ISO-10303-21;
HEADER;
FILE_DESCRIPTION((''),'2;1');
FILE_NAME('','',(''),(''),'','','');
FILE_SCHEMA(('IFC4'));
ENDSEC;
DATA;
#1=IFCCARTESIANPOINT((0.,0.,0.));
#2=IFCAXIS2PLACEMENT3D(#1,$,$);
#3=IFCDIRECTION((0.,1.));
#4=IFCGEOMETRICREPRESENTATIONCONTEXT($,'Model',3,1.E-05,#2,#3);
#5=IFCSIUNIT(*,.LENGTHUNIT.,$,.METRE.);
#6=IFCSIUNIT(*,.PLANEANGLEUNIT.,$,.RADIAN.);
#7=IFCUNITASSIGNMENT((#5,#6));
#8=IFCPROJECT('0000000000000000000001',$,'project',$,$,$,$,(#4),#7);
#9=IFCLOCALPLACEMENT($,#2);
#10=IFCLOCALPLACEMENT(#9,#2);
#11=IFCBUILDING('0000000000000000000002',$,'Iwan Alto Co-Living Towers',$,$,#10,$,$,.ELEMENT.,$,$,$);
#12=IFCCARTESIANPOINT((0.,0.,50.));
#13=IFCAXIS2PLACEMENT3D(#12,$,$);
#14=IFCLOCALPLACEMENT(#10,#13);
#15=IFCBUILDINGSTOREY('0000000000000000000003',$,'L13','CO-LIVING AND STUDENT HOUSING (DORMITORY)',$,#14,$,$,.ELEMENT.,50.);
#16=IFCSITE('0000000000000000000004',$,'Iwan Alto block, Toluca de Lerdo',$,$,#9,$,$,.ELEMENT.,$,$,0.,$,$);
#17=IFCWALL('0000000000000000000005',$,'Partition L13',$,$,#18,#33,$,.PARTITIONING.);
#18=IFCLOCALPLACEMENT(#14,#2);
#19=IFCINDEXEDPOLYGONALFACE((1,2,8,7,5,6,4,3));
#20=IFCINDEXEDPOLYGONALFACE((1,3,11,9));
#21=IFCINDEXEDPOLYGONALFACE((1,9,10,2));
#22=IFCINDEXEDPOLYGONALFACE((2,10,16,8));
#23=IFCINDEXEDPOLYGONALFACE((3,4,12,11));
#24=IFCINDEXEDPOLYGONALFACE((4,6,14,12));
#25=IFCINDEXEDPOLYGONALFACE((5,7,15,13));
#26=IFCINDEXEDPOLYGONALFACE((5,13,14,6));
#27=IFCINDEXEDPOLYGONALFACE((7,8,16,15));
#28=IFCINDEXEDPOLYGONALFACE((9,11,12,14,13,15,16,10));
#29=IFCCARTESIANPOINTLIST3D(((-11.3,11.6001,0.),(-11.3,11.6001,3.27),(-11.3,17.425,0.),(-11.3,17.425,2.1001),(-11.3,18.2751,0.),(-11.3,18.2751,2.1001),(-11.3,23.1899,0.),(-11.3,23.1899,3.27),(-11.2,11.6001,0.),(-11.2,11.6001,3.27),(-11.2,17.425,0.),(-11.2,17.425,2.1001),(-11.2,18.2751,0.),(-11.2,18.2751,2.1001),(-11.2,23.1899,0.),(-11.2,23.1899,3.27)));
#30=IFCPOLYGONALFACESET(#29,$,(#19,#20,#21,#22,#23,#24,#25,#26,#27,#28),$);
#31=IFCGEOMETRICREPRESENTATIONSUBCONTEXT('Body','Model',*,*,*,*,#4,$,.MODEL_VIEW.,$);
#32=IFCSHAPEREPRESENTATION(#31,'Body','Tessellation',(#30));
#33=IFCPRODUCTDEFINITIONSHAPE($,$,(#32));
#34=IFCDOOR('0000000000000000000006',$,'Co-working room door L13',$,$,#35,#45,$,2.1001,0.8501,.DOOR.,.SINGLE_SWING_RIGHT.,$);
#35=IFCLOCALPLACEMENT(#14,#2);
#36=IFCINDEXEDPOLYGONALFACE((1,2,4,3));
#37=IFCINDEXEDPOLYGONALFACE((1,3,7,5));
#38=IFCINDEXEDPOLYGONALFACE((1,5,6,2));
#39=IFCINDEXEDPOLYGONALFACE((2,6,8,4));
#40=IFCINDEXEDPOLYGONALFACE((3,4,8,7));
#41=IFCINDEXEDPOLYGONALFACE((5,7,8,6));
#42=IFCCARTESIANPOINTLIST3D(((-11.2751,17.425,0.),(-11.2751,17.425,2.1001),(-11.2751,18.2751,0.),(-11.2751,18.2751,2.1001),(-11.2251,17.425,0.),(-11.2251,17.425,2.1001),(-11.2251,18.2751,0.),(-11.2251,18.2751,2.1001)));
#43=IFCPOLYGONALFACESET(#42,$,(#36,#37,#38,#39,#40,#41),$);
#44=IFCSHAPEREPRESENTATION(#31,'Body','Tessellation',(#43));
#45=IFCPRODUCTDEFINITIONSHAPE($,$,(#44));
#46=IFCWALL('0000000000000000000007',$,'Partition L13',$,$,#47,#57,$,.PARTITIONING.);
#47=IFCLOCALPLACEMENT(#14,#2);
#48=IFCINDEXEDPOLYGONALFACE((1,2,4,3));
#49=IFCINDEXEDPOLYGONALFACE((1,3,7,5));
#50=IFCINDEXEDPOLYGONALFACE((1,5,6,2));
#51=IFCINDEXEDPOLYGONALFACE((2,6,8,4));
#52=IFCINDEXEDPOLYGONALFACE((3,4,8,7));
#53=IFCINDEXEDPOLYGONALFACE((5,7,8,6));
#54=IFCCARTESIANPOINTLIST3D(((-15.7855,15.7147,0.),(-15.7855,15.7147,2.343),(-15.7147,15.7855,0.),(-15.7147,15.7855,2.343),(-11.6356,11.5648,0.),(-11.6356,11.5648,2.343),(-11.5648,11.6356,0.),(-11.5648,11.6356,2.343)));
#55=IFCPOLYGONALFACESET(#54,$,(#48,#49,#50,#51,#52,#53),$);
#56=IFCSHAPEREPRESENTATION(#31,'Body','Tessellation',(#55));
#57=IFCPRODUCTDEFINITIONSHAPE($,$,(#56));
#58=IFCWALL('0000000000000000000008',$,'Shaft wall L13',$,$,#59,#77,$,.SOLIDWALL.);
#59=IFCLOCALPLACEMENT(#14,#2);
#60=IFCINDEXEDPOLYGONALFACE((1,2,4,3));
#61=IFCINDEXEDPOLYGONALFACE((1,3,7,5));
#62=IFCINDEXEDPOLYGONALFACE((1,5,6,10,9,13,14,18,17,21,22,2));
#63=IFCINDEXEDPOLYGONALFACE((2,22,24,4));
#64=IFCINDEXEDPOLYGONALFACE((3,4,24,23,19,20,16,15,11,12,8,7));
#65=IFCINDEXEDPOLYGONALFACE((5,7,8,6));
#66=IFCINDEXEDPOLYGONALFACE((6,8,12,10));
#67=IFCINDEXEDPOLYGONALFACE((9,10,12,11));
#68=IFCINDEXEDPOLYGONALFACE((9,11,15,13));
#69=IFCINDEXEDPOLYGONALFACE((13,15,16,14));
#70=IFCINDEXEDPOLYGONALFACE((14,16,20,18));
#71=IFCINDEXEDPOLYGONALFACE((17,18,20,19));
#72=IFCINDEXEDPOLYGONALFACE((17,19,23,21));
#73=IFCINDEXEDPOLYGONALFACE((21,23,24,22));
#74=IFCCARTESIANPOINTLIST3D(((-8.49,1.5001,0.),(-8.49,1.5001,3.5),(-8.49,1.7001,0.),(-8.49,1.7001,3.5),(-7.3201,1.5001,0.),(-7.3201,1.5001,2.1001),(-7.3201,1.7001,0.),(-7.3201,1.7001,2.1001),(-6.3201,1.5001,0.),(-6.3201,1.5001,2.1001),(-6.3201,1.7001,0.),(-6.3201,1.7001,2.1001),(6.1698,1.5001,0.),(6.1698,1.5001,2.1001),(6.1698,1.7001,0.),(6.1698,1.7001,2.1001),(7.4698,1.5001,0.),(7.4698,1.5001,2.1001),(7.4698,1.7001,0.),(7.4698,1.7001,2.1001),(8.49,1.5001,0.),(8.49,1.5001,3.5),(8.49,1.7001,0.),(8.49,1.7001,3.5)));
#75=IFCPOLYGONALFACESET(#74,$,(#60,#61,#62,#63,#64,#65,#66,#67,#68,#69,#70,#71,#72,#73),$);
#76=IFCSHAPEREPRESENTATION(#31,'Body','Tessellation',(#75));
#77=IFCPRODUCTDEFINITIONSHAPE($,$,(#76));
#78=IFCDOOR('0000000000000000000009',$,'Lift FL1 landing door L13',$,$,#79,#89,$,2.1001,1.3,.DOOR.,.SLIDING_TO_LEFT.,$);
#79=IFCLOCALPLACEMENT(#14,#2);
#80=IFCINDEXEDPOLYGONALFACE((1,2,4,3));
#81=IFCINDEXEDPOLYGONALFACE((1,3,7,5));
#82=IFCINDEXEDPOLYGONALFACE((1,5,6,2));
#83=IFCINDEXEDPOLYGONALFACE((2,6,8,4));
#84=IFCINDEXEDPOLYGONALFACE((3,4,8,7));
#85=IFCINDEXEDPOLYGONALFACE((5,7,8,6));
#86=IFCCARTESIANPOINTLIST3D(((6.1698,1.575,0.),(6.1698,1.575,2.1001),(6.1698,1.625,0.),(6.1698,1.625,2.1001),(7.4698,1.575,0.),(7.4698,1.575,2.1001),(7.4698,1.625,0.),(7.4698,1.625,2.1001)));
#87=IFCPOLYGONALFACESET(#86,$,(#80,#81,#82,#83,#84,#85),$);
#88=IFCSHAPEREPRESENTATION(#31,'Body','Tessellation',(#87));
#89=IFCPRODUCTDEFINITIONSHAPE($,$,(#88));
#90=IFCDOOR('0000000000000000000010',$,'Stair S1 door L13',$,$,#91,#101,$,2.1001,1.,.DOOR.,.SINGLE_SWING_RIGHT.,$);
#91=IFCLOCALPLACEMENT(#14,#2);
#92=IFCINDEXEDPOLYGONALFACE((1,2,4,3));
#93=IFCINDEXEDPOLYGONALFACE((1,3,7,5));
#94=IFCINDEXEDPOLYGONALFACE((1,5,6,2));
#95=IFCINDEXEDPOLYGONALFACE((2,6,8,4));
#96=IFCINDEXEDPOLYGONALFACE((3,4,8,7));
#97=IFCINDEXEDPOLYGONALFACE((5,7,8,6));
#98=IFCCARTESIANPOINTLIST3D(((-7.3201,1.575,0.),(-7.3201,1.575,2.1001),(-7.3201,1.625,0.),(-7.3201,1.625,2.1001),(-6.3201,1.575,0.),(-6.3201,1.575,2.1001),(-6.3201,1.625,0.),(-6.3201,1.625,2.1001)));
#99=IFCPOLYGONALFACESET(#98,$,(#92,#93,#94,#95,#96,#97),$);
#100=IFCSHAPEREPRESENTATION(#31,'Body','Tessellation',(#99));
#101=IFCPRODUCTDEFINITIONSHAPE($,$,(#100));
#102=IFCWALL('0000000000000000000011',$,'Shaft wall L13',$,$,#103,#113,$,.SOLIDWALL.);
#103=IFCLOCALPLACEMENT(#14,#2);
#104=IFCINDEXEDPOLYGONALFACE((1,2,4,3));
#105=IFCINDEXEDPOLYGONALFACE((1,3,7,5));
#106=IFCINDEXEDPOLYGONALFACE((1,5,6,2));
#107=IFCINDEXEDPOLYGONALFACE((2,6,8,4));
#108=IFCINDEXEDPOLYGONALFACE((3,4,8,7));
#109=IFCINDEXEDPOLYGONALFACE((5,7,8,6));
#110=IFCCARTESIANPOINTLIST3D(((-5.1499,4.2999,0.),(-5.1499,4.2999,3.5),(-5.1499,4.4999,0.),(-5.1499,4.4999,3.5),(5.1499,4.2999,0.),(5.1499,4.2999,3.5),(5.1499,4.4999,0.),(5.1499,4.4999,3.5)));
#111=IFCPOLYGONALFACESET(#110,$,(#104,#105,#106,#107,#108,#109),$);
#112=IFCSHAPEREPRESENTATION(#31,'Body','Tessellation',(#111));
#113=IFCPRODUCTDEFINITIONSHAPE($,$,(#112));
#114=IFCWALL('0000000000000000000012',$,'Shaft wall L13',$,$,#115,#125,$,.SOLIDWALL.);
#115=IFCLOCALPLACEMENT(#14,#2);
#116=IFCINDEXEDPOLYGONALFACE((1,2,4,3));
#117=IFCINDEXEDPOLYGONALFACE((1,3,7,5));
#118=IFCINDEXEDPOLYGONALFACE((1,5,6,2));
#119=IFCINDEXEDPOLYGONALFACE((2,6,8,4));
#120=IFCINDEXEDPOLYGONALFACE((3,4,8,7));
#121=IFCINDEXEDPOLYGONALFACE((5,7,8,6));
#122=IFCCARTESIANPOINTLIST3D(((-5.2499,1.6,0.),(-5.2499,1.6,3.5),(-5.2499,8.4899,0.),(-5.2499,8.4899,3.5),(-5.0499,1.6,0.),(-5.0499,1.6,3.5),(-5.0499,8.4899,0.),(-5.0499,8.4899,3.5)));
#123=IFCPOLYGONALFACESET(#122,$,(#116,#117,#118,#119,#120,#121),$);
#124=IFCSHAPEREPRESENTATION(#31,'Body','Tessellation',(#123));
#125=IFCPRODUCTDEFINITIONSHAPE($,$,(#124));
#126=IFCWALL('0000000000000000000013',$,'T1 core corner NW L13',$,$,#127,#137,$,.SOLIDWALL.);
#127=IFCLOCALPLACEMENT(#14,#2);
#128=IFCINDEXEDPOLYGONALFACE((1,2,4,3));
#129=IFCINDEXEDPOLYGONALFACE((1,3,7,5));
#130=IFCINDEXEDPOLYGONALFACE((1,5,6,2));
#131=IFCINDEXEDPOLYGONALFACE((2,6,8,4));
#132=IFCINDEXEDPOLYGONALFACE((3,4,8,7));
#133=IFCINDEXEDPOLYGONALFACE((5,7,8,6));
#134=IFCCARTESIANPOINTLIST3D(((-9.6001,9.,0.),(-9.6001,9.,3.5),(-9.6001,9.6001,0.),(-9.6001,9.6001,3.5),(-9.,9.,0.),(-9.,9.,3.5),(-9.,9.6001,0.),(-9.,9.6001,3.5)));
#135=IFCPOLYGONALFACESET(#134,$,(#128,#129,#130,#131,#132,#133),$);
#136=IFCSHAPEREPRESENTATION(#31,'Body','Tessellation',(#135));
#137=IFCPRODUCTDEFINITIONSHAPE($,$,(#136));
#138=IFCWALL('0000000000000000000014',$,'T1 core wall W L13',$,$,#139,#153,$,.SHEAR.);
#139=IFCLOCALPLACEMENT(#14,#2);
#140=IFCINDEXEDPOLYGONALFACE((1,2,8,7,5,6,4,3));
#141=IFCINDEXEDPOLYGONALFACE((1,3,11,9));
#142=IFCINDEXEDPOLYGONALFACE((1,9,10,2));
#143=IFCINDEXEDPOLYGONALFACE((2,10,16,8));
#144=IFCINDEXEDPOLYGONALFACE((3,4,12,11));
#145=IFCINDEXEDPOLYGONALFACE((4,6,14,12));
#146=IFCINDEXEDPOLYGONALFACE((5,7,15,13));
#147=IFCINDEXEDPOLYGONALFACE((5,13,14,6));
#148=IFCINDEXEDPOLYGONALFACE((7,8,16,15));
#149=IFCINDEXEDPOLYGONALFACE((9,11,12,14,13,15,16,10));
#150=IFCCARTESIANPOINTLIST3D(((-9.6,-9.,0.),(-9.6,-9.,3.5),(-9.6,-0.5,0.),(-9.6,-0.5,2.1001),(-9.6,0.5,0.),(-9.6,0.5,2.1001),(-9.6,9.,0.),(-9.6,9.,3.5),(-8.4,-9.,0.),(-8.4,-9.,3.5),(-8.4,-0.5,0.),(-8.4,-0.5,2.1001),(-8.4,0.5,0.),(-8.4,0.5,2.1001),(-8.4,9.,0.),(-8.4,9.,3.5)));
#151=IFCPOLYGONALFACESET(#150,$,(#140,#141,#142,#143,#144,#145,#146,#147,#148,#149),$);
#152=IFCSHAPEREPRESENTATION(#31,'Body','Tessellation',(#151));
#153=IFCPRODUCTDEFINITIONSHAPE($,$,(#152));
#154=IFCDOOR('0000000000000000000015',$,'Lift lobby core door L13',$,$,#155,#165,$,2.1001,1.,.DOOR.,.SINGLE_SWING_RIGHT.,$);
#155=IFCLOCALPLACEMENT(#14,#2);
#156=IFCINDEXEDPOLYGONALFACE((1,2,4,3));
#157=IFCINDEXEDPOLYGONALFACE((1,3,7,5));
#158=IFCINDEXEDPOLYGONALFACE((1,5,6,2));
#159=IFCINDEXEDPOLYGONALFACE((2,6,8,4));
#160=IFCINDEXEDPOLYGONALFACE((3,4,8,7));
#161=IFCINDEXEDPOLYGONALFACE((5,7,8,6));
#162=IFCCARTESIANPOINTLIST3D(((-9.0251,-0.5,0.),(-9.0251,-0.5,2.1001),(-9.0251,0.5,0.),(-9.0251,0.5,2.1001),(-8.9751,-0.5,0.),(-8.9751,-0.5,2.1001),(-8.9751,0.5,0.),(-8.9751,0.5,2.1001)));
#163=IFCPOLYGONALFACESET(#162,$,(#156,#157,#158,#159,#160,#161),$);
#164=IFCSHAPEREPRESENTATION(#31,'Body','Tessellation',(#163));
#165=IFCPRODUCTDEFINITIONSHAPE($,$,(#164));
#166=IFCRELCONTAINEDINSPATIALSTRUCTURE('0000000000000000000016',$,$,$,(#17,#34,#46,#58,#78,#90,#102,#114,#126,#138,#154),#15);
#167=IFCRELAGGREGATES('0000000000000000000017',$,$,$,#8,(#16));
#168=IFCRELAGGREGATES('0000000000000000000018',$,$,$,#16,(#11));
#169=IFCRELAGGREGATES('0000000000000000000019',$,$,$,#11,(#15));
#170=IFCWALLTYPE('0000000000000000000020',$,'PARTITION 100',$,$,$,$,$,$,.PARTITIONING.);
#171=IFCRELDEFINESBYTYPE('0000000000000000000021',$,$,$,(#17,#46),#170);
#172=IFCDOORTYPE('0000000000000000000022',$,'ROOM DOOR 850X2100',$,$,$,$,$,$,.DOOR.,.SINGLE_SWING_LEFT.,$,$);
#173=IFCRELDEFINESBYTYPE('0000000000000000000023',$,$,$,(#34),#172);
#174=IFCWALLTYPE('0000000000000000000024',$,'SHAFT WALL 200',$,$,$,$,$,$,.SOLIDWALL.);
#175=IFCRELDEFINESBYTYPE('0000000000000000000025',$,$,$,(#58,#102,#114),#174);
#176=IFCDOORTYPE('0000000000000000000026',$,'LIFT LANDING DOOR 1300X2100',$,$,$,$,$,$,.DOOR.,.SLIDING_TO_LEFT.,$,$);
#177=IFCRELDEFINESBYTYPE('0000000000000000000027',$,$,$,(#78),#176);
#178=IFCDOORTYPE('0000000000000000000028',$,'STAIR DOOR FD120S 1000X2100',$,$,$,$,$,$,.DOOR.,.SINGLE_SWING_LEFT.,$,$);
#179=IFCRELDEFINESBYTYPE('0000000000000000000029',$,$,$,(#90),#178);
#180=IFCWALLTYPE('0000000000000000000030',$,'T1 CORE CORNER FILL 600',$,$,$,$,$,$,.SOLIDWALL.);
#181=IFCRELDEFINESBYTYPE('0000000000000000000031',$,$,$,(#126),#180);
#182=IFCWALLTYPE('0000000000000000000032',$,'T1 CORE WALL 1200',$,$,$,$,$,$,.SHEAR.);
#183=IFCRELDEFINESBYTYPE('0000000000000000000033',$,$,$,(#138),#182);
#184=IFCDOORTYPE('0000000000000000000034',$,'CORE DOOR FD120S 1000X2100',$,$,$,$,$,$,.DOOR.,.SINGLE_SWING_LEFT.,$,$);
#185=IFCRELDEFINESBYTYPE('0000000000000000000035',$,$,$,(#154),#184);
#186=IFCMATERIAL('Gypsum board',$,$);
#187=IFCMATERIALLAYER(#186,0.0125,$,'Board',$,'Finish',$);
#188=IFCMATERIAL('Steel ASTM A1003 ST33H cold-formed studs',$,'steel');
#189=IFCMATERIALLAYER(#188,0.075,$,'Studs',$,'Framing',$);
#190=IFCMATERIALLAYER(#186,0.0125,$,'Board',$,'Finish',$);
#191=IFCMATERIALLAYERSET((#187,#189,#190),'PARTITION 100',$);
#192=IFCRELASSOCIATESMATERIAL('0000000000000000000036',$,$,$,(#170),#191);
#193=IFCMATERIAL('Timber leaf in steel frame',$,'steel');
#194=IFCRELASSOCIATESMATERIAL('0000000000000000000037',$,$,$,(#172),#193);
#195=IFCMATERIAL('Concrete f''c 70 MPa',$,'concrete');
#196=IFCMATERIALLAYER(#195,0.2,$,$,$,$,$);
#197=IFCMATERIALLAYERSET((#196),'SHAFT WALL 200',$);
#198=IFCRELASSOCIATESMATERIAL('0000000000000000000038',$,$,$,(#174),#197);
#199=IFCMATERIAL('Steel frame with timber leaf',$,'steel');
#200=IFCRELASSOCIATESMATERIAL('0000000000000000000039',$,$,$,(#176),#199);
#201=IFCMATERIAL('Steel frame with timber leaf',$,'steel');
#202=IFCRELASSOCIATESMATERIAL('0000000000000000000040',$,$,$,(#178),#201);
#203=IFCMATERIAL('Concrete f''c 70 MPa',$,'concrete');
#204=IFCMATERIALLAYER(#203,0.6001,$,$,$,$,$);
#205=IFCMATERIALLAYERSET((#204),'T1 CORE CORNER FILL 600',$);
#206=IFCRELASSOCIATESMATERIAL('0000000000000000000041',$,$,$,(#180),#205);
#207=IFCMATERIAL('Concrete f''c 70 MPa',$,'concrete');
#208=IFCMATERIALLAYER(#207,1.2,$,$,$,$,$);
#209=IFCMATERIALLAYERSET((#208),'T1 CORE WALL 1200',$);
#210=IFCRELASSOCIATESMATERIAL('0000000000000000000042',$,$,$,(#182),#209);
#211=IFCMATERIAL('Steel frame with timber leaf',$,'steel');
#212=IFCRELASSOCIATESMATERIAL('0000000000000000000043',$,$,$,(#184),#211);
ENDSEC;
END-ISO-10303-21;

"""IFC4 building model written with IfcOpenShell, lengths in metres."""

from ifc_helpers import new_model, si_unit, direction, frame, frame_2d, origin, place, context, subcontext, project, spatial, rectangle, extrude, material, layer, layer_set, type_object, element, fill, save


model = new_model("IFC4")

# Units and contexts
model_context = context("Model", 3, precision=1e-05, world=origin(), true_north=direction((0.0, 1.0)))
body_context = subcontext(model_context, "Body", "Model", "MODEL_VIEW")
ifc_project = project(units=[si_unit("LENGTHUNIT", "METRE"), si_unit("PLANEANGLEUNIT", "RADIAN")], contexts=[model_context])

# Site, building, storey
site_placement = place(None, origin())
site = spatial("IfcSite", under=ifc_project, at=site_placement, Name="Iwan Alto block, Toluca de Lerdo", CompositionType="ELEMENT", RefElevation=0.0)
building_placement = place(site_placement, origin())
building = spatial("IfcBuilding", under=site, at=building_placement, Name="Iwan Alto Co-Living Towers", CompositionType="ELEMENT")
storey_placement = place(building_placement, frame((0.0, 0.0, 50.0)))
storey = spatial("IfcBuildingStorey", under=building, at=storey_placement, Name="L13", Description="CO-LIVING AND STUDENT HOUSING (DORMITORY)", CompositionType="ELEMENT", Elevation=50.0)

# Shared definitions
ifc_material_1 = material(Name="Gypsum board")
ifc_material_2 = material(Name="Steel ASTM A1003 ST33H cold-formed studs", Category="steel")

# Shared definitions
ifc_layer_1 = layer(ifc_material_1, 0.0125, Name="Board", Category="Finish")
ifc_layer_2 = layer(ifc_material_2, 0.075, Name="Studs", Category="Framing")
ifc_layer_3 = layer(ifc_material_1, 0.0125, Name="Board", Category="Finish")
ifc_layer_set_1 = layer_set([ifc_layer_1, ifc_layer_2, ifc_layer_3], Name="PARTITION 100")
wall_type_1 = type_object("IfcWallType", Name="PARTITION 100", PredefinedType="PARTITIONING", material=ifc_layer_set_1)

# Wall, opening, door
wall_1_placement = place(storey_placement, frame((-11.25, 11.6001, 0.0), z_axis=(0.0, 0.0, 1.0), x_axis=(0.0, 1.0, 0.0)))
wall_1 = element("IfcWall", 1, at=wall_1_placement, inside=storey, type_object=wall_type_1, Name="Partition L13", PredefinedType="PARTITIONING", context=body_context, shape_type="SweptSolid", body=[
    extrude(rectangle(XDim=11.5898, YDim=0.1001, at=frame_2d((5.7949, 0.0))), origin(), (0.0, 0.0, 1.0), 3.27),
])
opening_1_placement = place(wall_1_placement, frame((5.825, 0.0, 0.0)))
opening_1 = element("IfcOpeningElement", 2, at=opening_1_placement, cuts=wall_1, PredefinedType="OPENING", context=body_context, shape_type="SweptSolid", body=[
    extrude(rectangle(XDim=0.8501, YDim=2.1001, at=frame_2d((0.425, 1.05))), frame((0.0, 0.0601, 0.0), z_axis=(0.0, -1.0, 0.0), x_axis=(1.0, 0.0, 0.0)), (0.0, 0.0, 1.0), 0.1201),
])
ifc_material_3 = material(Name="Timber leaf in steel frame", Category="steel")
door_type_1 = type_object("IfcDoorType", Name="ROOM DOOR 850X2100", OperationType="SINGLE_SWING_LEFT", PredefinedType="DOOR", material=ifc_material_3)
door_1_placement = place(opening_1_placement, frame((0.8501, 0.0, 0.0), z_axis=(0.0, 0.0, 1.0), x_axis=(-1.0, 0.0, 0.0)))
door_1 = element("IfcDoor", 3, at=door_1_placement, inside=storey, type_object=door_type_1, Name="Co-working room door L13", OperationType="SINGLE_SWING_RIGHT", OverallHeight=2.1001, OverallWidth=0.8501, PredefinedType="DOOR", context=body_context, shape_type="SweptSolid", body=[
    extrude(rectangle(XDim=0.8501, YDim=2.1001, at=frame_2d((0.425, 1.05))), frame((0.0, 0.0249, 0.0), z_axis=(0.0, -1.0, 0.0), x_axis=(1.0, 0.0, 0.0)), (0.0, 0.0, 1.0), 0.05),
])
fill(opening_1, door_1)

# Wall
wall_2_placement = place(storey_placement, frame((-11.6001, 11.6001, 0.0), z_axis=(0.0, 0.0, 1.0), x_axis=(-0.707107, 0.707107, 0.0)))
element("IfcWall", 4, at=wall_2_placement, inside=storey, type_object=wall_type_1, Name="Partition L13", PredefinedType="PARTITIONING", context=body_context, shape_type="SweptSolid", body=[
    extrude(rectangle(XDim=5.8689, YDim=0.1001, at=frame_2d((2.9346, 0.0))), origin(), (0.0, 0.0, 1.0), 2.343),
])

# Wall, openings, doors
ifc_material_4 = material(Name="Concrete f'c 70 MPa", Category="concrete")
ifc_layer_4 = layer(ifc_material_4, 0.2)
ifc_layer_set_2 = layer_set([ifc_layer_4], Name="SHAFT WALL 200")
wall_type_2 = type_object("IfcWallType", Name="SHAFT WALL 200", PredefinedType="SOLIDWALL", material=ifc_layer_set_2)
wall_3_placement = place(storey_placement, frame((-8.49, 1.6001, 0.0), z_axis=(0.0, 0.0, 1.0), x_axis=(1.0, 0.0, 0.0)))
wall_3 = element("IfcWall", 5, at=wall_3_placement, inside=storey, type_object=wall_type_2, Name="Shaft wall L13", PredefinedType="SOLIDWALL", context=body_context, shape_type="SweptSolid", body=[
    extrude(rectangle(XDim=16.98, YDim=0.2, at=frame_2d((8.49, 0.0))), origin(), (0.0, 0.0, 1.0), 3.5),
])
opening_2_placement = place(wall_3_placement, frame((1.1699, 0.0, 0.0)))
opening_2 = element("IfcOpeningElement", 6, at=opening_2_placement, cuts=wall_3, PredefinedType="OPENING", context=body_context, shape_type="SweptSolid", body=[
    extrude(rectangle(XDim=1.0, YDim=2.1001, at=frame_2d((0.5, 1.05))), frame((0.0, 0.1099, 0.0), z_axis=(0.0, -1.0, 0.0), x_axis=(1.0, 0.0, 0.0)), (0.0, 0.0, 1.0), 0.22),
])
opening_3_placement = place(wall_3_placement, frame((14.6599, 0.0, 0.0)))
opening_3 = element("IfcOpeningElement", 7, at=opening_3_placement, cuts=wall_3, PredefinedType="OPENING", context=body_context, shape_type="SweptSolid", body=[
    extrude(rectangle(XDim=1.3, YDim=2.1001, at=frame_2d((0.6499, 1.05))), frame((0.0, 0.1099, 0.0), z_axis=(0.0, -1.0, 0.0), x_axis=(1.0, 0.0, 0.0)), (0.0, 0.0, 1.0), 0.22),
])
ifc_material_5 = material(Name="Steel frame with timber leaf", Category="steel")
door_type_2 = type_object("IfcDoorType", Name="LIFT LANDING DOOR 1300X2100", OperationType="SLIDING_TO_LEFT", PredefinedType="DOOR", material=ifc_material_5)
door_2_placement = place(opening_3_placement, origin())
door_2 = element("IfcDoor", 8, at=door_2_placement, inside=storey, type_object=door_type_2, Name="Lift FL1 landing door L13", OperationType="SLIDING_TO_LEFT", OverallHeight=2.1001, OverallWidth=1.3, PredefinedType="DOOR", context=body_context, shape_type="SweptSolid", body=[
    extrude(rectangle(XDim=1.3, YDim=2.1001, at=frame_2d((0.6499, 1.05))), frame((0.0, 0.0249, 0.0), z_axis=(0.0, -1.0, 0.0), x_axis=(1.0, 0.0, 0.0)), (0.0, 0.0, 1.0), 0.05),
])
fill(opening_3, door_2)
ifc_material_6 = material(Name="Steel frame with timber leaf", Category="steel")
door_type_3 = type_object("IfcDoorType", Name="STAIR DOOR FD120S 1000X2100", OperationType="SINGLE_SWING_LEFT", PredefinedType="DOOR", material=ifc_material_6)
door_3_placement = place(opening_2_placement, origin())
door_3 = element("IfcDoor", 9, at=door_3_placement, inside=storey, type_object=door_type_3, Name="Stair S1 door L13", OperationType="SINGLE_SWING_RIGHT", OverallHeight=2.1001, OverallWidth=1.0, PredefinedType="DOOR", context=body_context, shape_type="SweptSolid", body=[
    extrude(rectangle(XDim=1.0, YDim=2.1001, at=frame_2d((0.5, 1.05))), frame((0.0, 0.0249, 0.0), z_axis=(0.0, -1.0, 0.0), x_axis=(1.0, 0.0, 0.0)), (0.0, 0.0, 1.0), 0.05),
])
fill(opening_2, door_3)

# Walls
wall_4_placement = place(storey_placement, frame((-5.1499, 4.3999, 0.0), z_axis=(0.0, 0.0, 1.0), x_axis=(1.0, 0.0, 0.0)))
element("IfcWall", 10, at=wall_4_placement, inside=storey, type_object=wall_type_2, Name="Shaft wall L13", PredefinedType="SOLIDWALL", context=body_context, shape_type="SweptSolid", body=[
    extrude(rectangle(XDim=10.2998, YDim=0.2, at=frame_2d((5.1499, 0.0))), origin(), (0.0, 0.0, 1.0), 3.5),
])
wall_5_placement = place(storey_placement, frame((-5.1499, 1.6001, 0.0), z_axis=(0.0, 0.0, 1.0), x_axis=(0.0, 1.0, 0.0)))
element("IfcWall", 11, at=wall_5_placement, inside=storey, type_object=wall_type_2, Name="Shaft wall L13", PredefinedType="SOLIDWALL", context=body_context, shape_type="SweptSolid", body=[
    extrude(rectangle(XDim=6.8899, YDim=0.2, at=frame_2d((3.4448, 0.0))), origin(), (0.0, 0.0, 1.0), 3.5),
])
ifc_material_7 = material(Name="Concrete f'c 70 MPa", Category="concrete")
ifc_layer_5 = layer(ifc_material_7, 0.6001)
ifc_layer_set_3 = layer_set([ifc_layer_5], Name="T1 CORE CORNER FILL 600")
wall_type_3 = type_object("IfcWallType", Name="T1 CORE CORNER FILL 600", PredefinedType="SOLIDWALL", material=ifc_layer_set_3)
wall_6_placement = place(storey_placement, frame((-9.6001, 9.3, 0.0), z_axis=(0.0, 0.0, 1.0), x_axis=(1.0, 0.0, 0.0)))
element("IfcWall", 12, at=wall_6_placement, inside=storey, type_object=wall_type_3, Name="T1 core corner NW L13", PredefinedType="SOLIDWALL", context=body_context, shape_type="SweptSolid", body=[
    extrude(rectangle(XDim=0.6001, YDim=0.6001, at=frame_2d((0.3, 0.0))), origin(), (0.0, 0.0, 1.0), 3.5),
])

# Wall, opening, door
ifc_material_8 = material(Name="Concrete f'c 70 MPa", Category="concrete")
ifc_layer_6 = layer(ifc_material_8, 1.2)
ifc_layer_set_4 = layer_set([ifc_layer_6], Name="T1 CORE WALL 1200")
wall_type_4 = type_object("IfcWallType", Name="T1 CORE WALL 1200", PredefinedType="SHEAR", material=ifc_layer_set_4)
wall_7_placement = place(storey_placement, frame((-9.0, 9.0, 0.0), z_axis=(0.0, 0.0, 1.0), x_axis=(0.0, -1.0, 0.0)))
wall_7 = element("IfcWall", 13, at=wall_7_placement, inside=storey, type_object=wall_type_4, Name="T1 core wall W L13", PredefinedType="SHEAR", context=body_context, shape_type="SweptSolid", body=[
    extrude(rectangle(XDim=18.0, YDim=1.2, at=frame_2d((9.0, 0.0))), origin(), (0.0, 0.0, 1.0), 3.5),
])
opening_4_placement = place(wall_7_placement, frame((8.5, 0.0, 0.0)))
opening_4 = element("IfcOpeningElement", 14, at=opening_4_placement, cuts=wall_7, PredefinedType="OPENING", context=body_context, shape_type="SweptSolid", body=[
    extrude(rectangle(XDim=1.0, YDim=2.1001, at=frame_2d((0.5, 1.05))), frame((0.0, 0.6099, 0.0), z_axis=(0.0, -1.0, 0.0), x_axis=(1.0, 0.0, 0.0)), (0.0, 0.0, 1.0), 1.22),
])
ifc_material_9 = material(Name="Steel frame with timber leaf", Category="steel")
door_type_4 = type_object("IfcDoorType", Name="CORE DOOR FD120S 1000X2100", OperationType="SINGLE_SWING_LEFT", PredefinedType="DOOR", material=ifc_material_9)
door_4_placement = place(opening_4_placement, origin())
door_4 = element("IfcDoor", 15, at=door_4_placement, inside=storey, type_object=door_type_4, Name="Lift lobby core door L13", OperationType="SINGLE_SWING_RIGHT", OverallHeight=2.1001, OverallWidth=1.0, PredefinedType="DOOR", context=body_context, shape_type="SweptSolid", body=[
    extrude(rectangle(XDim=1.0, YDim=2.1001, at=frame_2d((0.5, 1.05))), frame((0.0, 0.0249, 0.0), z_axis=(0.0, -1.0, 0.0), x_axis=(1.0, 0.0, 0.0)), (0.0, 0.0, 1.0), 0.05),
])
fill(opening_4, door_4)

save(model, "model.ifc")
